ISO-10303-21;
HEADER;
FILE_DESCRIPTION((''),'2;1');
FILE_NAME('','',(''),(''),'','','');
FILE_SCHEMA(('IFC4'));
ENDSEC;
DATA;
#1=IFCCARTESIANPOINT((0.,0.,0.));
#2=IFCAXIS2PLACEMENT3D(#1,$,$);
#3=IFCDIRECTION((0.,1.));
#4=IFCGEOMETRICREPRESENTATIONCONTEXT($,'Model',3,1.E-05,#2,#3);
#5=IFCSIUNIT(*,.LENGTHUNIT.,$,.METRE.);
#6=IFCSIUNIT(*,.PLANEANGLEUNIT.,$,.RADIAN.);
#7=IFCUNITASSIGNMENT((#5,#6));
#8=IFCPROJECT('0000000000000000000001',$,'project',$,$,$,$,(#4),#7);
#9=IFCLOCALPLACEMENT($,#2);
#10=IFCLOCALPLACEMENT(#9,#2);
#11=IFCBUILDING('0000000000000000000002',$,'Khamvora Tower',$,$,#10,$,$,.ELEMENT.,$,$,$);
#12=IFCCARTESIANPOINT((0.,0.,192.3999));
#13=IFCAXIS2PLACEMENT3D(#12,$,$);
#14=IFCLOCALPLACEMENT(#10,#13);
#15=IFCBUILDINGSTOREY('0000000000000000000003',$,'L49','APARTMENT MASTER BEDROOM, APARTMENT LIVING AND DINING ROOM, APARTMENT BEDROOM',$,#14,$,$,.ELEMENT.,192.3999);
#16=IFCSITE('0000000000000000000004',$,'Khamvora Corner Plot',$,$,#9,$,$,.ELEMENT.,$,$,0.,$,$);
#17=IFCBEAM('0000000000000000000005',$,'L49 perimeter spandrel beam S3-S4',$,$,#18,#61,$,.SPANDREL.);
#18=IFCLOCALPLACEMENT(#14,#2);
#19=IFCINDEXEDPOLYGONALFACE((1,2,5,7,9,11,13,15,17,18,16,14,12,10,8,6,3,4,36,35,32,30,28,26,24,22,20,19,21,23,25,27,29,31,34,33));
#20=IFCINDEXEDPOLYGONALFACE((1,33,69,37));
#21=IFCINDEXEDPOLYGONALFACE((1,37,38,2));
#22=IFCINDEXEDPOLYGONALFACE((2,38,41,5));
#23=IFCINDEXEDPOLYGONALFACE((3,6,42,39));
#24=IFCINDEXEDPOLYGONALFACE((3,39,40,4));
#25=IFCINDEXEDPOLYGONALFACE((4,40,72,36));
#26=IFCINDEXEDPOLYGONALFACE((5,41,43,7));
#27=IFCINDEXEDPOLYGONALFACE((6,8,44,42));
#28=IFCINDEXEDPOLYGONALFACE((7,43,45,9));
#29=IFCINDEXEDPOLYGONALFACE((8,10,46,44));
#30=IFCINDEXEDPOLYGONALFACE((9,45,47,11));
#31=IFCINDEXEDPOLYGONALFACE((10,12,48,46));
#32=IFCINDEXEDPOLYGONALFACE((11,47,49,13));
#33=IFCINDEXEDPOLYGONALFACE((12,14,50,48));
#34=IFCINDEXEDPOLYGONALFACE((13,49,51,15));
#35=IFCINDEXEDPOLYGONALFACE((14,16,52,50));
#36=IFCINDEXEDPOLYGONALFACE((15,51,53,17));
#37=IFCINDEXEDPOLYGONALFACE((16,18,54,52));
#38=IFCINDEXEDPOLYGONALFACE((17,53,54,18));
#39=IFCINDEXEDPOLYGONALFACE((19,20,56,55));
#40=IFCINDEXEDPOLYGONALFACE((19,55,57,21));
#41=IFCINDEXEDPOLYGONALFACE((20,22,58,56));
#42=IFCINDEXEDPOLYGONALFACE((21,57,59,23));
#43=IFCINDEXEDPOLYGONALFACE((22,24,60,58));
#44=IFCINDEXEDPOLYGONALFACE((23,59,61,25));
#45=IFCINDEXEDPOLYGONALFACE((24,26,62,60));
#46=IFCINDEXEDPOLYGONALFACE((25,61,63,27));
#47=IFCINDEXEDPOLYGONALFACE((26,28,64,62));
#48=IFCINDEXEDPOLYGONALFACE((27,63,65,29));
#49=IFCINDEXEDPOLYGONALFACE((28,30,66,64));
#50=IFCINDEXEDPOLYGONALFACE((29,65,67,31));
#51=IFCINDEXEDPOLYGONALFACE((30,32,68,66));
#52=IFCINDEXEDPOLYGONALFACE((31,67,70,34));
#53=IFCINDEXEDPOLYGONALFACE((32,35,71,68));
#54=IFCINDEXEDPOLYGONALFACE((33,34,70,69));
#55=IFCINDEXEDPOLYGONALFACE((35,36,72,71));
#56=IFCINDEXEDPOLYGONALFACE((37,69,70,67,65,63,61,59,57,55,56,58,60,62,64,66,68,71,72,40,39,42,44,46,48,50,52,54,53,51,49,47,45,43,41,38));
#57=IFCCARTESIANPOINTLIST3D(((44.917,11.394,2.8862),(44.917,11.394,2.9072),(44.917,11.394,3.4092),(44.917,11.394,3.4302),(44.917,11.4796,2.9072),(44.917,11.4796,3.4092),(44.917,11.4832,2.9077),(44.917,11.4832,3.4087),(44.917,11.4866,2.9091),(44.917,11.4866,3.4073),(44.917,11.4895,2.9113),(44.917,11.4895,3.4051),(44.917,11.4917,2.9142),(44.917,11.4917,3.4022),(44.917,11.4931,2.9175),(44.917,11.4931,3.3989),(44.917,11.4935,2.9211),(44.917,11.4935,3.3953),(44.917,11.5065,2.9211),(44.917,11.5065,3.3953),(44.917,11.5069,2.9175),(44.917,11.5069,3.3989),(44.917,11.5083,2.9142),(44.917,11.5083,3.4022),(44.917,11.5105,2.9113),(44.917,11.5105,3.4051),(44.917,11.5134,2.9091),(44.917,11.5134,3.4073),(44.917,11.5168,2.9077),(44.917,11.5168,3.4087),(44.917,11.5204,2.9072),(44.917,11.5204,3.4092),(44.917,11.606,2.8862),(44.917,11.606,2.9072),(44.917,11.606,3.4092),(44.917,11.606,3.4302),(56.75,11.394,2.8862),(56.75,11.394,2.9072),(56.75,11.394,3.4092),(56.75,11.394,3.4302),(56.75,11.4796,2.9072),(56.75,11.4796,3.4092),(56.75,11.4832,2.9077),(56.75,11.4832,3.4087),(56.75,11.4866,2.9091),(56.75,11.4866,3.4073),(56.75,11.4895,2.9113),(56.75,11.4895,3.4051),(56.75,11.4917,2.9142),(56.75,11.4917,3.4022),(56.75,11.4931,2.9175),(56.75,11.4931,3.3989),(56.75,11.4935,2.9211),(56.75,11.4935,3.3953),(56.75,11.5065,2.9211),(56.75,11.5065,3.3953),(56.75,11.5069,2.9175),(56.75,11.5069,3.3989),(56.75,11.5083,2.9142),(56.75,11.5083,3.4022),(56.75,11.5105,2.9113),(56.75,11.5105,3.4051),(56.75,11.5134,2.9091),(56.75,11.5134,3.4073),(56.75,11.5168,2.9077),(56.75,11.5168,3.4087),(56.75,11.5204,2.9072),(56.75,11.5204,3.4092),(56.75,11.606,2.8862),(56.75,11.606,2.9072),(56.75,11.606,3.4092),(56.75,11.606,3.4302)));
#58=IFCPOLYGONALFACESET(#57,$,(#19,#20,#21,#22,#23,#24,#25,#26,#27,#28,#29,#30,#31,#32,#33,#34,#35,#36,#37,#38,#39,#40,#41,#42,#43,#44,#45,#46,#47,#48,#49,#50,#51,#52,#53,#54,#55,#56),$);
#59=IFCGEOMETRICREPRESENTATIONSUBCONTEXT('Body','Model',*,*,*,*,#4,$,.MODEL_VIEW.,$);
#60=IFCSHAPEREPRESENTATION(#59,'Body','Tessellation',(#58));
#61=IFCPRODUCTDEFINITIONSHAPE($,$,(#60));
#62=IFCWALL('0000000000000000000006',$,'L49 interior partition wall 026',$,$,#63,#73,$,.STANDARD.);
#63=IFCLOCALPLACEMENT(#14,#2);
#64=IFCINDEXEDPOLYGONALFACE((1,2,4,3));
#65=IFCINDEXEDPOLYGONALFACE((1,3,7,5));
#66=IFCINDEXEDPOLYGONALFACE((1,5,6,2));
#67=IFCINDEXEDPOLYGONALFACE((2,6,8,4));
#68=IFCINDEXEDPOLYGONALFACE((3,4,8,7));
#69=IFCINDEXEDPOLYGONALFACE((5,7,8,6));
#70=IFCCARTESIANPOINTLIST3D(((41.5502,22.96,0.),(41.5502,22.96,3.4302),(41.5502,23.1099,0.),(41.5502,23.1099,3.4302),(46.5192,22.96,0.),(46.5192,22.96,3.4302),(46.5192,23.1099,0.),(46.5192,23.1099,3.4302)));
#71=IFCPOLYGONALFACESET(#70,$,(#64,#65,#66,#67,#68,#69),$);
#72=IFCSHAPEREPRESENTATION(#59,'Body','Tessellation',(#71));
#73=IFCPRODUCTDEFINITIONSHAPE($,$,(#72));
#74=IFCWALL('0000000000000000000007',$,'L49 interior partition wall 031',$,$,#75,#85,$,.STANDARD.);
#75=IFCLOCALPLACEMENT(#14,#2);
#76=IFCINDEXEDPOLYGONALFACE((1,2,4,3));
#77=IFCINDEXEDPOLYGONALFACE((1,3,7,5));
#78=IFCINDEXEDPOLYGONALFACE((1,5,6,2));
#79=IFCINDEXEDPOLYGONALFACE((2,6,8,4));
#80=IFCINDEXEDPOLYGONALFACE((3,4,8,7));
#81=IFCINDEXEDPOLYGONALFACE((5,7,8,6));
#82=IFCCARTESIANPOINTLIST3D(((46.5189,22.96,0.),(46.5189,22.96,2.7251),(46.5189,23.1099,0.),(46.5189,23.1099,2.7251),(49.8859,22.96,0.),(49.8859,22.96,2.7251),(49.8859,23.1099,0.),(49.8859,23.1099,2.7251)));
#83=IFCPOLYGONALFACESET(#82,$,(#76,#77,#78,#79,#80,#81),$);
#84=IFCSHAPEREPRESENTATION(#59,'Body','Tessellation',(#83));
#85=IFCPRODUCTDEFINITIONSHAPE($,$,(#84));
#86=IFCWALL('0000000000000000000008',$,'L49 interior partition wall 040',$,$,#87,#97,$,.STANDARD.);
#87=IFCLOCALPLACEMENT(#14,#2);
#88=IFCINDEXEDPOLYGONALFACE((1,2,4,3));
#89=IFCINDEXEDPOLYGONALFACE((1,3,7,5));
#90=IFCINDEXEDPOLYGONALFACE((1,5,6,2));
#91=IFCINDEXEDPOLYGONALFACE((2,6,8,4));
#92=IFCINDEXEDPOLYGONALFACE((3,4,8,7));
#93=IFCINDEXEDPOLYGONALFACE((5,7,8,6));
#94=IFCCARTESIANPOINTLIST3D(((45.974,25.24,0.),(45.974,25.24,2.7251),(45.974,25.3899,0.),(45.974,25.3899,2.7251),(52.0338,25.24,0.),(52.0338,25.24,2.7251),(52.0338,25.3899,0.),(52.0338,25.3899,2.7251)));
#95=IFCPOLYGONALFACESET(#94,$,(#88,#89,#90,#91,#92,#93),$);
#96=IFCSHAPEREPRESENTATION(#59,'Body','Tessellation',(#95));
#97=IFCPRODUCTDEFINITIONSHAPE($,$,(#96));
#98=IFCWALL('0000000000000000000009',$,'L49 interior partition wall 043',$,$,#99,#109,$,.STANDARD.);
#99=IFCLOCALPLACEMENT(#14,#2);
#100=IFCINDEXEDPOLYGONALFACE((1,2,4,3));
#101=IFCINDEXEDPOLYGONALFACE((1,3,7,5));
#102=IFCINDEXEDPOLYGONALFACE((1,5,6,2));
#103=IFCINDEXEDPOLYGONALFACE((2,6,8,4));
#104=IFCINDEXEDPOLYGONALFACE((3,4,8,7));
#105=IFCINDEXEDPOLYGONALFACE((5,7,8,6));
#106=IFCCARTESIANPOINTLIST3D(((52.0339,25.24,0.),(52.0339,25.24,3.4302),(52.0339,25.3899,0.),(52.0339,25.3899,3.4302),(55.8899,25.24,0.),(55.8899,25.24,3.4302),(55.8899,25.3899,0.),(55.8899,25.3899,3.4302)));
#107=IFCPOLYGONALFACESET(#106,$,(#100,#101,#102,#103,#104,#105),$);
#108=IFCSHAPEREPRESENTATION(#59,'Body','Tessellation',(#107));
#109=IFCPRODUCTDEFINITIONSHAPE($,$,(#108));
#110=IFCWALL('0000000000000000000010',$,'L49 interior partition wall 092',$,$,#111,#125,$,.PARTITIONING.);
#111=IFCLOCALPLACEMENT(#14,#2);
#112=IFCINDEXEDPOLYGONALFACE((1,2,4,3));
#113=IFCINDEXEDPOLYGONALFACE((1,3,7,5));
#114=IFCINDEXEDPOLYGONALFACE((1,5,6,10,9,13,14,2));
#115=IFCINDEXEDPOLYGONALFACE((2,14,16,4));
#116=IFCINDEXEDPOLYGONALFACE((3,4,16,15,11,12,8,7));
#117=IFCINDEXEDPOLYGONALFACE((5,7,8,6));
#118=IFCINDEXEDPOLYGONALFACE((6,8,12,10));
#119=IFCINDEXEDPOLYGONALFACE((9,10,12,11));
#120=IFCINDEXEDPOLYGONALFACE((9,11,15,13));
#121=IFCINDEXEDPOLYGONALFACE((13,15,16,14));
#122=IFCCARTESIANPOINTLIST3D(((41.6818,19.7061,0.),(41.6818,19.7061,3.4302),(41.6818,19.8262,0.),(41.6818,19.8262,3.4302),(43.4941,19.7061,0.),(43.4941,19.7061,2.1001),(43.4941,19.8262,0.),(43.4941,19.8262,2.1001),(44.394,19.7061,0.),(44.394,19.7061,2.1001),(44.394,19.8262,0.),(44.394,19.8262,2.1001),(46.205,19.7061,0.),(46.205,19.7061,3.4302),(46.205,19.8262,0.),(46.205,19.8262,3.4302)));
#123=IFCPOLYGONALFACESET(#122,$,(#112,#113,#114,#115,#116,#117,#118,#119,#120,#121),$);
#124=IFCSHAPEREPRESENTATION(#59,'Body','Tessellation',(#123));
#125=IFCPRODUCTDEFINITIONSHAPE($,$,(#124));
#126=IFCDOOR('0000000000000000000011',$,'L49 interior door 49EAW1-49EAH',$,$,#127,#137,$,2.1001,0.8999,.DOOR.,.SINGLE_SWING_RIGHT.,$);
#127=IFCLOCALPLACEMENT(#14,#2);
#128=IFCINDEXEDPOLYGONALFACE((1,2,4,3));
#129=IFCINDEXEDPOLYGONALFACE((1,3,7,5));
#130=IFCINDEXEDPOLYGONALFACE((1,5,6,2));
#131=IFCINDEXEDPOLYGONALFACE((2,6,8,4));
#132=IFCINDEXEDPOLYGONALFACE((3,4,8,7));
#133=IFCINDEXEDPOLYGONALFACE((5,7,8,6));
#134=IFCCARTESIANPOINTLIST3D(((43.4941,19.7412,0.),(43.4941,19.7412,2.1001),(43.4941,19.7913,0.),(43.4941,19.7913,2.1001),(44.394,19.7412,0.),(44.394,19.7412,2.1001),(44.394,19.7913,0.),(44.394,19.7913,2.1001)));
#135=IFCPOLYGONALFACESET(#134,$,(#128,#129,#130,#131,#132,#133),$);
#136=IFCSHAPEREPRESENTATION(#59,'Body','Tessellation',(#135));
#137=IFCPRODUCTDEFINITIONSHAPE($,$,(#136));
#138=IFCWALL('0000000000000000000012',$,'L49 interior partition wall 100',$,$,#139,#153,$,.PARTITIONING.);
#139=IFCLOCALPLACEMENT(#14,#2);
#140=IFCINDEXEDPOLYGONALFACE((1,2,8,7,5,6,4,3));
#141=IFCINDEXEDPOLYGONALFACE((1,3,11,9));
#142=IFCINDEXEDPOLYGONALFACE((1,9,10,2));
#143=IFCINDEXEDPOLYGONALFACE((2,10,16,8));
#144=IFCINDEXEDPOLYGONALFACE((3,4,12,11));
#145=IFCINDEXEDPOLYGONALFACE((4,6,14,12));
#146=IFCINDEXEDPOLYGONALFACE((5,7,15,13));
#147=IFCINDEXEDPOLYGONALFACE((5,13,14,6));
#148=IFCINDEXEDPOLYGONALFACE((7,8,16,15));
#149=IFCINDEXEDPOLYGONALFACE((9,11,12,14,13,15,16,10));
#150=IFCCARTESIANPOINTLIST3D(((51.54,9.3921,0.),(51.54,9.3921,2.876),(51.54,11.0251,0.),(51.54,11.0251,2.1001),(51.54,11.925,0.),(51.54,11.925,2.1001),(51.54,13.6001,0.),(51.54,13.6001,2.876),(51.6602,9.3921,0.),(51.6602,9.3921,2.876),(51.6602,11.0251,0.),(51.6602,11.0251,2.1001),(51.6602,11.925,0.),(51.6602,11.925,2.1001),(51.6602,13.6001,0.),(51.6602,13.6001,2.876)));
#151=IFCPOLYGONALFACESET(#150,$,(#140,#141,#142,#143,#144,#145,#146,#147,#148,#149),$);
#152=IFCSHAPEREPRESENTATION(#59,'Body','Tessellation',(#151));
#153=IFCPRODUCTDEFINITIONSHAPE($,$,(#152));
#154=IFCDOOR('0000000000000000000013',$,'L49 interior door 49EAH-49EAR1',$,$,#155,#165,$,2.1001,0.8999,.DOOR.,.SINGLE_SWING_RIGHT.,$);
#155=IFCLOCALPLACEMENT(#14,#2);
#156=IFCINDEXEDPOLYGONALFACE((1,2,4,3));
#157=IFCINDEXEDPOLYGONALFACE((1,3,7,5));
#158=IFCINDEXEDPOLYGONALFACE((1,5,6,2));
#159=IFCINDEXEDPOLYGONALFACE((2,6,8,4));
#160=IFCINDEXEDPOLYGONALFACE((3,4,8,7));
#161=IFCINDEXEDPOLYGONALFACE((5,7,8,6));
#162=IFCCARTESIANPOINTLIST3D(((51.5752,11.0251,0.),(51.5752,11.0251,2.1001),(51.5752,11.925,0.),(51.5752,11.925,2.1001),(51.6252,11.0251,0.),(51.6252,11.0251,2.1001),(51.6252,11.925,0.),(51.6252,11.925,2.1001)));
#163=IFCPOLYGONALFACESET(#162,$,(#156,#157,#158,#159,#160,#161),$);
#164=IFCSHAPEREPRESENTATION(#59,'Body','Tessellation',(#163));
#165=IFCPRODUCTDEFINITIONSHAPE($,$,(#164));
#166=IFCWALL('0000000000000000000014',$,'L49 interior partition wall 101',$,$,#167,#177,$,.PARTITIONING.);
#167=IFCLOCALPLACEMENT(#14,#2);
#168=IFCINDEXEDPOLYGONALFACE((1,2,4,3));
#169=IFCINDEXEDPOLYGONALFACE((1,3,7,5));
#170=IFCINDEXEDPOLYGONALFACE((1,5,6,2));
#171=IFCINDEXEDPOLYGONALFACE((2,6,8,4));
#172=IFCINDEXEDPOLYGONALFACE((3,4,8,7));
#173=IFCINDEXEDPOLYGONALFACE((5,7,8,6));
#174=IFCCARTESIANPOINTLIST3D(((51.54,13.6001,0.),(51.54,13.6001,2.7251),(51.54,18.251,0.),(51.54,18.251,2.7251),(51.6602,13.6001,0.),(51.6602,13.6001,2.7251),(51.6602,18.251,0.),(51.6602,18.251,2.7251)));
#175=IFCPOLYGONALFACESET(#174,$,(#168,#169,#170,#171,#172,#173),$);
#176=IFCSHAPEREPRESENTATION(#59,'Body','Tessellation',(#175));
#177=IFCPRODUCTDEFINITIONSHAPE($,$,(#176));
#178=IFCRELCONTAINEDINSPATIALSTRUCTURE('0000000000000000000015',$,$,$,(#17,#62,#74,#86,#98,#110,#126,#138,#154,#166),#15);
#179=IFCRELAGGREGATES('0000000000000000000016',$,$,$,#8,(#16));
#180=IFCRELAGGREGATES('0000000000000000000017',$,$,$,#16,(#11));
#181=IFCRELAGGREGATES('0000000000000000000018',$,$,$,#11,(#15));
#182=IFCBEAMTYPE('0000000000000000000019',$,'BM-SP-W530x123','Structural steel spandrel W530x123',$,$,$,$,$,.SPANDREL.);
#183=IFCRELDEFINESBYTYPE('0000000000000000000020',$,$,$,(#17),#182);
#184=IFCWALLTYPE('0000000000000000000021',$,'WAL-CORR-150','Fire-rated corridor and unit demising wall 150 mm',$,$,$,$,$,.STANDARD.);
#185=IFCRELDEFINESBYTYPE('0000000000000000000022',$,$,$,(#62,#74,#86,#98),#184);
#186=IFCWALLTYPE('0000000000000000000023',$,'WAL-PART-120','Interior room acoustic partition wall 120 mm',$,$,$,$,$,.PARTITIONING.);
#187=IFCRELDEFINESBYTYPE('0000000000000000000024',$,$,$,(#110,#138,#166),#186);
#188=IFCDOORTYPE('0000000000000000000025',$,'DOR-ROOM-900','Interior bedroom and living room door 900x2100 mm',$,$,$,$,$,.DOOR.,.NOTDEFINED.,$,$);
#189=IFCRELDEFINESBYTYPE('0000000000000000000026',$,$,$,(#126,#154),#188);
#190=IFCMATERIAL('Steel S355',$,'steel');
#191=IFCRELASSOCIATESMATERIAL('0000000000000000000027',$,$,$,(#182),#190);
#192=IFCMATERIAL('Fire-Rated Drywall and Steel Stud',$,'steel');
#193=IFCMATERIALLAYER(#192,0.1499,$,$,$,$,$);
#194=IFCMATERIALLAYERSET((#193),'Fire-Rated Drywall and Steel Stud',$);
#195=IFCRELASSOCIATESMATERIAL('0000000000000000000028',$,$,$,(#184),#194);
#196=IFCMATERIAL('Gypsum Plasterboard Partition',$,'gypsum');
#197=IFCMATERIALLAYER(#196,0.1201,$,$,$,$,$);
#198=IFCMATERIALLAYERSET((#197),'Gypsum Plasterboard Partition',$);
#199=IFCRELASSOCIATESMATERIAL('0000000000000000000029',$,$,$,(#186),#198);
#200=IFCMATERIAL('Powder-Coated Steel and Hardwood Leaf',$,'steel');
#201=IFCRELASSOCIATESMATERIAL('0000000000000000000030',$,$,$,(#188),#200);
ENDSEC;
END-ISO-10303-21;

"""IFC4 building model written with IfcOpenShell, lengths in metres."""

from ifc_helpers import new_model, si_unit, direction, frame, frame_2d, origin, origin_2d, place, context, subcontext, project, spatial, rectangle, i_section, extrude, material, layer, layer_set, material_profile, profile_set, type_object, element, fill, save


model = new_model("IFC4")

# Units and contexts
model_context = context("Model", 3, precision=1e-05, world=origin(), true_north=direction((0.0, 1.0)))
body_context = subcontext(model_context, "Body", "Model", "MODEL_VIEW")
ifc_project = project(units=[si_unit("LENGTHUNIT", "METRE"), si_unit("PLANEANGLEUNIT", "RADIAN")], contexts=[model_context])

# Site, building, storey
site_placement = place(None, origin())
site = spatial("IfcSite", under=ifc_project, at=site_placement, Name="Khamvora Corner Plot", CompositionType="ELEMENT", RefElevation=0.0)
building_placement = place(site_placement, origin())
building = spatial("IfcBuilding", under=site, at=building_placement, Name="Khamvora Tower", CompositionType="ELEMENT")
storey_placement = place(building_placement, frame((0.0, 0.0, 192.3999)))
storey = spatial("IfcBuildingStorey", under=building, at=storey_placement, Name="L49", Description="APARTMENT MASTER BEDROOM, APARTMENT LIVING AND DINING ROOM, APARTMENT BEDROOM", CompositionType="ELEMENT", Elevation=192.3999)

# Shared definitions
ifc_material_1 = material(Name="Steel S355", Category="steel")

# Beam
ifc_material_profile_1 = material_profile(ifc_material_1, i_section(OverallWidth=0.2119, OverallDepth=0.5439, WebThickness=0.0129, FlangeThickness=0.021, FilletRadius=0.0139, at=origin_2d()), Name="W530x123")
ifc_profile_set_1 = profile_set([ifc_material_profile_1], Name="Steel S355")
beam_type_1 = type_object("IfcBeamType", Name="BM-SP-W530x123", Description="Structural steel spandrel W530x123", PredefinedType="SPANDREL", material=ifc_profile_set_1)
beam_1_placement = place(storey_placement, frame((44.917, 11.5, 3.1582), z_axis=(1.0, 0.0, 0.0), x_axis=(0.0, 1.0, 0.0)))
element("IfcBeam", 1, at=beam_1_placement, inside=storey, type_object=beam_type_1, Name="L49 perimeter spandrel beam S3-S4", PredefinedType="SPANDREL", context=body_context, shape_type="SweptSolid", body=[
    extrude(i_section(OverallWidth=0.2119, OverallDepth=0.5439, WebThickness=0.0129, FlangeThickness=0.021, FilletRadius=0.0139, at=origin_2d()), origin(), (0.0, 0.0, 1.0), 11.833),
])

# Wall
ifc_material_2 = material(Name="Fire-Rated Drywall and Steel Stud", Category="steel")
ifc_layer_1 = layer(ifc_material_2, 0.1499)
ifc_layer_set_1 = layer_set([ifc_layer_1], Name="Fire-Rated Drywall and Steel Stud")
wall_type_1 = type_object("IfcWallType", Name="WAL-CORR-150", Description="Fire-rated corridor and unit demising wall 150 mm", PredefinedType="STANDARD", material=ifc_layer_set_1)
wall_1_placement = place(storey_placement, frame((46.519, 23.0349, 0.0), z_axis=(0.0, 0.0, 1.0), x_axis=(-1.0, 0.0, 0.0)))
element("IfcWall", 2, at=wall_1_placement, inside=storey, type_object=wall_type_1, Name="L49 interior partition wall 026", PredefinedType="STANDARD", context=body_context, shape_type="SweptSolid", body=[
    extrude(rectangle(XDim=4.969, YDim=0.1499, at=frame_2d((2.4844, 0.0))), origin(), (0.0, 0.0, 1.0), 3.4302),
])

# Shared definitions
ifc_material_3 = material(Name="Powder-Coated Steel and Hardwood Leaf", Category="steel")

# Walls
wall_2_placement = place(storey_placement, frame((49.886, 23.0349, 0.0), z_axis=(0.0, 0.0, 1.0), x_axis=(-1.0, 0.0, 0.0)))
element("IfcWall", 3, at=wall_2_placement, inside=storey, type_object=wall_type_1, Name="L49 interior partition wall 031", PredefinedType="STANDARD", context=body_context, shape_type="SweptSolid", body=[
    extrude(rectangle(XDim=3.3669, YDim=0.1499, at=frame_2d((1.6836, 0.0))), origin(), (0.0, 0.0, 1.0), 2.7251),
])
wall_3_placement = place(storey_placement, frame((45.9741, 25.3149, 0.0), z_axis=(0.0, 0.0, 1.0), x_axis=(1.0, 0.0, 0.0)))
element("IfcWall", 4, at=wall_3_placement, inside=storey, type_object=wall_type_1, Name="L49 interior partition wall 040", PredefinedType="STANDARD", context=body_context, shape_type="SweptSolid", body=[
    extrude(rectangle(XDim=6.0598, YDim=0.1499, at=frame_2d((3.0298, 0.0))), origin(), (0.0, 0.0, 1.0), 2.7251),
])
wall_4_placement = place(storey_placement, frame((52.0339, 25.3149, 0.0), z_axis=(0.0, 0.0, 1.0), x_axis=(1.0, 0.0, 0.0)))
element("IfcWall", 5, at=wall_4_placement, inside=storey, type_object=wall_type_1, Name="L49 interior partition wall 043", PredefinedType="STANDARD", context=body_context, shape_type="SweptSolid", body=[
    extrude(rectangle(XDim=3.856, YDim=0.1499, at=frame_2d((1.928, 0.0))), origin(), (0.0, 0.0, 1.0), 3.4302),
])

# Walls, openings, doors
ifc_material_4 = material(Name="Gypsum Plasterboard Partition", Category="gypsum")
ifc_layer_2 = layer(ifc_material_4, 0.1201)
ifc_layer_set_2 = layer_set([ifc_layer_2], Name="Gypsum Plasterboard Partition")
wall_type_2 = type_object("IfcWallType", Name="WAL-PART-120", Description="Interior room acoustic partition wall 120 mm", PredefinedType="PARTITIONING", material=ifc_layer_set_2)
wall_5_placement = place(storey_placement, frame((46.2051, 19.7661, 0.0), z_axis=(0.0, 0.0, 1.0), x_axis=(-1.0, 0.0, 0.0)))
wall_5 = element("IfcWall", 6, at=wall_5_placement, inside=storey, type_object=wall_type_2, Name="L49 interior partition wall 092", PredefinedType="PARTITIONING", context=body_context, shape_type="SweptSolid", body=[
    extrude(rectangle(XDim=4.5232, YDim=0.1201, at=frame_2d((2.2617, 0.0))), origin(), (0.0, 0.0, 1.0), 3.4302),
])
opening_1_placement = place(wall_5_placement, frame((1.811, 0.0, 0.0)))
opening_1 = element("IfcOpeningElement", 7, at=opening_1_placement, cuts=wall_5, PredefinedType="OPENING", context=body_context, shape_type="SweptSolid", body=[
    extrude(rectangle(XDim=0.8999, YDim=2.1001, at=frame_2d((0.45, 1.05))), frame((0.0, 0.0701, 0.0), z_axis=(0.0, -1.0, 0.0), x_axis=(1.0, 0.0, 0.0)), (0.0, 0.0, 1.0), 0.1401),
])
door_type_1 = type_object("IfcDoorType", Name="DOR-ROOM-900", Description="Interior bedroom and living room door 900x2100 mm", OperationType="NOTDEFINED", PredefinedType="DOOR", material=ifc_material_3)
door_1_placement = place(opening_1_placement, origin())
door_1 = element("IfcDoor", 8, at=door_1_placement, inside=storey, type_object=door_type_1, Name="L49 interior door 49EAW1-49EAH", OperationType="SINGLE_SWING_RIGHT", OverallHeight=2.1001, OverallWidth=0.8999, PredefinedType="DOOR", context=body_context, shape_type="SweptSolid", body=[
    extrude(rectangle(XDim=0.8999, YDim=2.1001, at=frame_2d((0.45, 1.05))), frame((0.0, 0.0249, 0.0), z_axis=(0.0, -1.0, 0.0), x_axis=(1.0, 0.0, 0.0)), (0.0, 0.0, 1.0), 0.05),
])
fill(opening_1, door_1)
wall_6_placement = place(storey_placement, frame((51.6001, 9.3921, 0.0), z_axis=(0.0, 0.0, 1.0), x_axis=(0.0, 1.0, 0.0)))
wall_6 = element("IfcWall", 9, at=wall_6_placement, inside=storey, type_object=wall_type_2, Name="L49 interior partition wall 100", PredefinedType="PARTITIONING", context=body_context, shape_type="SweptSolid", body=[
    extrude(rectangle(XDim=4.208, YDim=0.1201, at=frame_2d((2.104, 0.0))), origin(), (0.0, 0.0, 1.0), 2.876),
])
opening_2_placement = place(wall_6_placement, frame((1.6331, 0.0, 0.0)))
opening_2 = element("IfcOpeningElement", 10, at=opening_2_placement, cuts=wall_6, PredefinedType="OPENING", context=body_context, shape_type="SweptSolid", body=[
    extrude(rectangle(XDim=0.8999, YDim=2.1001, at=frame_2d((0.45, 1.05))), frame((0.0, 0.0701, 0.0), z_axis=(0.0, -1.0, 0.0), x_axis=(1.0, 0.0, 0.0)), (0.0, 0.0, 1.0), 0.1401),
])
door_2_placement = place(opening_2_placement, origin())
door_2 = element("IfcDoor", 11, at=door_2_placement, inside=storey, type_object=door_type_1, Name="L49 interior door 49EAH-49EAR1", OperationType="SINGLE_SWING_RIGHT", OverallHeight=2.1001, OverallWidth=0.8999, PredefinedType="DOOR", context=body_context, shape_type="SweptSolid", body=[
    extrude(rectangle(XDim=0.8999, YDim=2.1001, at=frame_2d((0.45, 1.05))), frame((0.0, 0.0249, 0.0), z_axis=(0.0, -1.0, 0.0), x_axis=(1.0, 0.0, 0.0)), (0.0, 0.0, 1.0), 0.05),
])
fill(opening_2, door_2)

# Wall
wall_7_placement = place(storey_placement, frame((51.6001, 13.6001, 0.0), z_axis=(0.0, 0.0, 1.0), x_axis=(0.0, 1.0, 0.0)))
element("IfcWall", 12, at=wall_7_placement, inside=storey, type_object=wall_type_2, Name="L49 interior partition wall 101", PredefinedType="PARTITIONING", context=body_context, shape_type="SweptSolid", body=[
    extrude(rectangle(XDim=4.6509, YDim=0.1201, at=frame_2d((2.3254, 0.0))), origin(), (0.0, 0.0, 1.0), 2.7251),
])

save(model, "model.ifc")
